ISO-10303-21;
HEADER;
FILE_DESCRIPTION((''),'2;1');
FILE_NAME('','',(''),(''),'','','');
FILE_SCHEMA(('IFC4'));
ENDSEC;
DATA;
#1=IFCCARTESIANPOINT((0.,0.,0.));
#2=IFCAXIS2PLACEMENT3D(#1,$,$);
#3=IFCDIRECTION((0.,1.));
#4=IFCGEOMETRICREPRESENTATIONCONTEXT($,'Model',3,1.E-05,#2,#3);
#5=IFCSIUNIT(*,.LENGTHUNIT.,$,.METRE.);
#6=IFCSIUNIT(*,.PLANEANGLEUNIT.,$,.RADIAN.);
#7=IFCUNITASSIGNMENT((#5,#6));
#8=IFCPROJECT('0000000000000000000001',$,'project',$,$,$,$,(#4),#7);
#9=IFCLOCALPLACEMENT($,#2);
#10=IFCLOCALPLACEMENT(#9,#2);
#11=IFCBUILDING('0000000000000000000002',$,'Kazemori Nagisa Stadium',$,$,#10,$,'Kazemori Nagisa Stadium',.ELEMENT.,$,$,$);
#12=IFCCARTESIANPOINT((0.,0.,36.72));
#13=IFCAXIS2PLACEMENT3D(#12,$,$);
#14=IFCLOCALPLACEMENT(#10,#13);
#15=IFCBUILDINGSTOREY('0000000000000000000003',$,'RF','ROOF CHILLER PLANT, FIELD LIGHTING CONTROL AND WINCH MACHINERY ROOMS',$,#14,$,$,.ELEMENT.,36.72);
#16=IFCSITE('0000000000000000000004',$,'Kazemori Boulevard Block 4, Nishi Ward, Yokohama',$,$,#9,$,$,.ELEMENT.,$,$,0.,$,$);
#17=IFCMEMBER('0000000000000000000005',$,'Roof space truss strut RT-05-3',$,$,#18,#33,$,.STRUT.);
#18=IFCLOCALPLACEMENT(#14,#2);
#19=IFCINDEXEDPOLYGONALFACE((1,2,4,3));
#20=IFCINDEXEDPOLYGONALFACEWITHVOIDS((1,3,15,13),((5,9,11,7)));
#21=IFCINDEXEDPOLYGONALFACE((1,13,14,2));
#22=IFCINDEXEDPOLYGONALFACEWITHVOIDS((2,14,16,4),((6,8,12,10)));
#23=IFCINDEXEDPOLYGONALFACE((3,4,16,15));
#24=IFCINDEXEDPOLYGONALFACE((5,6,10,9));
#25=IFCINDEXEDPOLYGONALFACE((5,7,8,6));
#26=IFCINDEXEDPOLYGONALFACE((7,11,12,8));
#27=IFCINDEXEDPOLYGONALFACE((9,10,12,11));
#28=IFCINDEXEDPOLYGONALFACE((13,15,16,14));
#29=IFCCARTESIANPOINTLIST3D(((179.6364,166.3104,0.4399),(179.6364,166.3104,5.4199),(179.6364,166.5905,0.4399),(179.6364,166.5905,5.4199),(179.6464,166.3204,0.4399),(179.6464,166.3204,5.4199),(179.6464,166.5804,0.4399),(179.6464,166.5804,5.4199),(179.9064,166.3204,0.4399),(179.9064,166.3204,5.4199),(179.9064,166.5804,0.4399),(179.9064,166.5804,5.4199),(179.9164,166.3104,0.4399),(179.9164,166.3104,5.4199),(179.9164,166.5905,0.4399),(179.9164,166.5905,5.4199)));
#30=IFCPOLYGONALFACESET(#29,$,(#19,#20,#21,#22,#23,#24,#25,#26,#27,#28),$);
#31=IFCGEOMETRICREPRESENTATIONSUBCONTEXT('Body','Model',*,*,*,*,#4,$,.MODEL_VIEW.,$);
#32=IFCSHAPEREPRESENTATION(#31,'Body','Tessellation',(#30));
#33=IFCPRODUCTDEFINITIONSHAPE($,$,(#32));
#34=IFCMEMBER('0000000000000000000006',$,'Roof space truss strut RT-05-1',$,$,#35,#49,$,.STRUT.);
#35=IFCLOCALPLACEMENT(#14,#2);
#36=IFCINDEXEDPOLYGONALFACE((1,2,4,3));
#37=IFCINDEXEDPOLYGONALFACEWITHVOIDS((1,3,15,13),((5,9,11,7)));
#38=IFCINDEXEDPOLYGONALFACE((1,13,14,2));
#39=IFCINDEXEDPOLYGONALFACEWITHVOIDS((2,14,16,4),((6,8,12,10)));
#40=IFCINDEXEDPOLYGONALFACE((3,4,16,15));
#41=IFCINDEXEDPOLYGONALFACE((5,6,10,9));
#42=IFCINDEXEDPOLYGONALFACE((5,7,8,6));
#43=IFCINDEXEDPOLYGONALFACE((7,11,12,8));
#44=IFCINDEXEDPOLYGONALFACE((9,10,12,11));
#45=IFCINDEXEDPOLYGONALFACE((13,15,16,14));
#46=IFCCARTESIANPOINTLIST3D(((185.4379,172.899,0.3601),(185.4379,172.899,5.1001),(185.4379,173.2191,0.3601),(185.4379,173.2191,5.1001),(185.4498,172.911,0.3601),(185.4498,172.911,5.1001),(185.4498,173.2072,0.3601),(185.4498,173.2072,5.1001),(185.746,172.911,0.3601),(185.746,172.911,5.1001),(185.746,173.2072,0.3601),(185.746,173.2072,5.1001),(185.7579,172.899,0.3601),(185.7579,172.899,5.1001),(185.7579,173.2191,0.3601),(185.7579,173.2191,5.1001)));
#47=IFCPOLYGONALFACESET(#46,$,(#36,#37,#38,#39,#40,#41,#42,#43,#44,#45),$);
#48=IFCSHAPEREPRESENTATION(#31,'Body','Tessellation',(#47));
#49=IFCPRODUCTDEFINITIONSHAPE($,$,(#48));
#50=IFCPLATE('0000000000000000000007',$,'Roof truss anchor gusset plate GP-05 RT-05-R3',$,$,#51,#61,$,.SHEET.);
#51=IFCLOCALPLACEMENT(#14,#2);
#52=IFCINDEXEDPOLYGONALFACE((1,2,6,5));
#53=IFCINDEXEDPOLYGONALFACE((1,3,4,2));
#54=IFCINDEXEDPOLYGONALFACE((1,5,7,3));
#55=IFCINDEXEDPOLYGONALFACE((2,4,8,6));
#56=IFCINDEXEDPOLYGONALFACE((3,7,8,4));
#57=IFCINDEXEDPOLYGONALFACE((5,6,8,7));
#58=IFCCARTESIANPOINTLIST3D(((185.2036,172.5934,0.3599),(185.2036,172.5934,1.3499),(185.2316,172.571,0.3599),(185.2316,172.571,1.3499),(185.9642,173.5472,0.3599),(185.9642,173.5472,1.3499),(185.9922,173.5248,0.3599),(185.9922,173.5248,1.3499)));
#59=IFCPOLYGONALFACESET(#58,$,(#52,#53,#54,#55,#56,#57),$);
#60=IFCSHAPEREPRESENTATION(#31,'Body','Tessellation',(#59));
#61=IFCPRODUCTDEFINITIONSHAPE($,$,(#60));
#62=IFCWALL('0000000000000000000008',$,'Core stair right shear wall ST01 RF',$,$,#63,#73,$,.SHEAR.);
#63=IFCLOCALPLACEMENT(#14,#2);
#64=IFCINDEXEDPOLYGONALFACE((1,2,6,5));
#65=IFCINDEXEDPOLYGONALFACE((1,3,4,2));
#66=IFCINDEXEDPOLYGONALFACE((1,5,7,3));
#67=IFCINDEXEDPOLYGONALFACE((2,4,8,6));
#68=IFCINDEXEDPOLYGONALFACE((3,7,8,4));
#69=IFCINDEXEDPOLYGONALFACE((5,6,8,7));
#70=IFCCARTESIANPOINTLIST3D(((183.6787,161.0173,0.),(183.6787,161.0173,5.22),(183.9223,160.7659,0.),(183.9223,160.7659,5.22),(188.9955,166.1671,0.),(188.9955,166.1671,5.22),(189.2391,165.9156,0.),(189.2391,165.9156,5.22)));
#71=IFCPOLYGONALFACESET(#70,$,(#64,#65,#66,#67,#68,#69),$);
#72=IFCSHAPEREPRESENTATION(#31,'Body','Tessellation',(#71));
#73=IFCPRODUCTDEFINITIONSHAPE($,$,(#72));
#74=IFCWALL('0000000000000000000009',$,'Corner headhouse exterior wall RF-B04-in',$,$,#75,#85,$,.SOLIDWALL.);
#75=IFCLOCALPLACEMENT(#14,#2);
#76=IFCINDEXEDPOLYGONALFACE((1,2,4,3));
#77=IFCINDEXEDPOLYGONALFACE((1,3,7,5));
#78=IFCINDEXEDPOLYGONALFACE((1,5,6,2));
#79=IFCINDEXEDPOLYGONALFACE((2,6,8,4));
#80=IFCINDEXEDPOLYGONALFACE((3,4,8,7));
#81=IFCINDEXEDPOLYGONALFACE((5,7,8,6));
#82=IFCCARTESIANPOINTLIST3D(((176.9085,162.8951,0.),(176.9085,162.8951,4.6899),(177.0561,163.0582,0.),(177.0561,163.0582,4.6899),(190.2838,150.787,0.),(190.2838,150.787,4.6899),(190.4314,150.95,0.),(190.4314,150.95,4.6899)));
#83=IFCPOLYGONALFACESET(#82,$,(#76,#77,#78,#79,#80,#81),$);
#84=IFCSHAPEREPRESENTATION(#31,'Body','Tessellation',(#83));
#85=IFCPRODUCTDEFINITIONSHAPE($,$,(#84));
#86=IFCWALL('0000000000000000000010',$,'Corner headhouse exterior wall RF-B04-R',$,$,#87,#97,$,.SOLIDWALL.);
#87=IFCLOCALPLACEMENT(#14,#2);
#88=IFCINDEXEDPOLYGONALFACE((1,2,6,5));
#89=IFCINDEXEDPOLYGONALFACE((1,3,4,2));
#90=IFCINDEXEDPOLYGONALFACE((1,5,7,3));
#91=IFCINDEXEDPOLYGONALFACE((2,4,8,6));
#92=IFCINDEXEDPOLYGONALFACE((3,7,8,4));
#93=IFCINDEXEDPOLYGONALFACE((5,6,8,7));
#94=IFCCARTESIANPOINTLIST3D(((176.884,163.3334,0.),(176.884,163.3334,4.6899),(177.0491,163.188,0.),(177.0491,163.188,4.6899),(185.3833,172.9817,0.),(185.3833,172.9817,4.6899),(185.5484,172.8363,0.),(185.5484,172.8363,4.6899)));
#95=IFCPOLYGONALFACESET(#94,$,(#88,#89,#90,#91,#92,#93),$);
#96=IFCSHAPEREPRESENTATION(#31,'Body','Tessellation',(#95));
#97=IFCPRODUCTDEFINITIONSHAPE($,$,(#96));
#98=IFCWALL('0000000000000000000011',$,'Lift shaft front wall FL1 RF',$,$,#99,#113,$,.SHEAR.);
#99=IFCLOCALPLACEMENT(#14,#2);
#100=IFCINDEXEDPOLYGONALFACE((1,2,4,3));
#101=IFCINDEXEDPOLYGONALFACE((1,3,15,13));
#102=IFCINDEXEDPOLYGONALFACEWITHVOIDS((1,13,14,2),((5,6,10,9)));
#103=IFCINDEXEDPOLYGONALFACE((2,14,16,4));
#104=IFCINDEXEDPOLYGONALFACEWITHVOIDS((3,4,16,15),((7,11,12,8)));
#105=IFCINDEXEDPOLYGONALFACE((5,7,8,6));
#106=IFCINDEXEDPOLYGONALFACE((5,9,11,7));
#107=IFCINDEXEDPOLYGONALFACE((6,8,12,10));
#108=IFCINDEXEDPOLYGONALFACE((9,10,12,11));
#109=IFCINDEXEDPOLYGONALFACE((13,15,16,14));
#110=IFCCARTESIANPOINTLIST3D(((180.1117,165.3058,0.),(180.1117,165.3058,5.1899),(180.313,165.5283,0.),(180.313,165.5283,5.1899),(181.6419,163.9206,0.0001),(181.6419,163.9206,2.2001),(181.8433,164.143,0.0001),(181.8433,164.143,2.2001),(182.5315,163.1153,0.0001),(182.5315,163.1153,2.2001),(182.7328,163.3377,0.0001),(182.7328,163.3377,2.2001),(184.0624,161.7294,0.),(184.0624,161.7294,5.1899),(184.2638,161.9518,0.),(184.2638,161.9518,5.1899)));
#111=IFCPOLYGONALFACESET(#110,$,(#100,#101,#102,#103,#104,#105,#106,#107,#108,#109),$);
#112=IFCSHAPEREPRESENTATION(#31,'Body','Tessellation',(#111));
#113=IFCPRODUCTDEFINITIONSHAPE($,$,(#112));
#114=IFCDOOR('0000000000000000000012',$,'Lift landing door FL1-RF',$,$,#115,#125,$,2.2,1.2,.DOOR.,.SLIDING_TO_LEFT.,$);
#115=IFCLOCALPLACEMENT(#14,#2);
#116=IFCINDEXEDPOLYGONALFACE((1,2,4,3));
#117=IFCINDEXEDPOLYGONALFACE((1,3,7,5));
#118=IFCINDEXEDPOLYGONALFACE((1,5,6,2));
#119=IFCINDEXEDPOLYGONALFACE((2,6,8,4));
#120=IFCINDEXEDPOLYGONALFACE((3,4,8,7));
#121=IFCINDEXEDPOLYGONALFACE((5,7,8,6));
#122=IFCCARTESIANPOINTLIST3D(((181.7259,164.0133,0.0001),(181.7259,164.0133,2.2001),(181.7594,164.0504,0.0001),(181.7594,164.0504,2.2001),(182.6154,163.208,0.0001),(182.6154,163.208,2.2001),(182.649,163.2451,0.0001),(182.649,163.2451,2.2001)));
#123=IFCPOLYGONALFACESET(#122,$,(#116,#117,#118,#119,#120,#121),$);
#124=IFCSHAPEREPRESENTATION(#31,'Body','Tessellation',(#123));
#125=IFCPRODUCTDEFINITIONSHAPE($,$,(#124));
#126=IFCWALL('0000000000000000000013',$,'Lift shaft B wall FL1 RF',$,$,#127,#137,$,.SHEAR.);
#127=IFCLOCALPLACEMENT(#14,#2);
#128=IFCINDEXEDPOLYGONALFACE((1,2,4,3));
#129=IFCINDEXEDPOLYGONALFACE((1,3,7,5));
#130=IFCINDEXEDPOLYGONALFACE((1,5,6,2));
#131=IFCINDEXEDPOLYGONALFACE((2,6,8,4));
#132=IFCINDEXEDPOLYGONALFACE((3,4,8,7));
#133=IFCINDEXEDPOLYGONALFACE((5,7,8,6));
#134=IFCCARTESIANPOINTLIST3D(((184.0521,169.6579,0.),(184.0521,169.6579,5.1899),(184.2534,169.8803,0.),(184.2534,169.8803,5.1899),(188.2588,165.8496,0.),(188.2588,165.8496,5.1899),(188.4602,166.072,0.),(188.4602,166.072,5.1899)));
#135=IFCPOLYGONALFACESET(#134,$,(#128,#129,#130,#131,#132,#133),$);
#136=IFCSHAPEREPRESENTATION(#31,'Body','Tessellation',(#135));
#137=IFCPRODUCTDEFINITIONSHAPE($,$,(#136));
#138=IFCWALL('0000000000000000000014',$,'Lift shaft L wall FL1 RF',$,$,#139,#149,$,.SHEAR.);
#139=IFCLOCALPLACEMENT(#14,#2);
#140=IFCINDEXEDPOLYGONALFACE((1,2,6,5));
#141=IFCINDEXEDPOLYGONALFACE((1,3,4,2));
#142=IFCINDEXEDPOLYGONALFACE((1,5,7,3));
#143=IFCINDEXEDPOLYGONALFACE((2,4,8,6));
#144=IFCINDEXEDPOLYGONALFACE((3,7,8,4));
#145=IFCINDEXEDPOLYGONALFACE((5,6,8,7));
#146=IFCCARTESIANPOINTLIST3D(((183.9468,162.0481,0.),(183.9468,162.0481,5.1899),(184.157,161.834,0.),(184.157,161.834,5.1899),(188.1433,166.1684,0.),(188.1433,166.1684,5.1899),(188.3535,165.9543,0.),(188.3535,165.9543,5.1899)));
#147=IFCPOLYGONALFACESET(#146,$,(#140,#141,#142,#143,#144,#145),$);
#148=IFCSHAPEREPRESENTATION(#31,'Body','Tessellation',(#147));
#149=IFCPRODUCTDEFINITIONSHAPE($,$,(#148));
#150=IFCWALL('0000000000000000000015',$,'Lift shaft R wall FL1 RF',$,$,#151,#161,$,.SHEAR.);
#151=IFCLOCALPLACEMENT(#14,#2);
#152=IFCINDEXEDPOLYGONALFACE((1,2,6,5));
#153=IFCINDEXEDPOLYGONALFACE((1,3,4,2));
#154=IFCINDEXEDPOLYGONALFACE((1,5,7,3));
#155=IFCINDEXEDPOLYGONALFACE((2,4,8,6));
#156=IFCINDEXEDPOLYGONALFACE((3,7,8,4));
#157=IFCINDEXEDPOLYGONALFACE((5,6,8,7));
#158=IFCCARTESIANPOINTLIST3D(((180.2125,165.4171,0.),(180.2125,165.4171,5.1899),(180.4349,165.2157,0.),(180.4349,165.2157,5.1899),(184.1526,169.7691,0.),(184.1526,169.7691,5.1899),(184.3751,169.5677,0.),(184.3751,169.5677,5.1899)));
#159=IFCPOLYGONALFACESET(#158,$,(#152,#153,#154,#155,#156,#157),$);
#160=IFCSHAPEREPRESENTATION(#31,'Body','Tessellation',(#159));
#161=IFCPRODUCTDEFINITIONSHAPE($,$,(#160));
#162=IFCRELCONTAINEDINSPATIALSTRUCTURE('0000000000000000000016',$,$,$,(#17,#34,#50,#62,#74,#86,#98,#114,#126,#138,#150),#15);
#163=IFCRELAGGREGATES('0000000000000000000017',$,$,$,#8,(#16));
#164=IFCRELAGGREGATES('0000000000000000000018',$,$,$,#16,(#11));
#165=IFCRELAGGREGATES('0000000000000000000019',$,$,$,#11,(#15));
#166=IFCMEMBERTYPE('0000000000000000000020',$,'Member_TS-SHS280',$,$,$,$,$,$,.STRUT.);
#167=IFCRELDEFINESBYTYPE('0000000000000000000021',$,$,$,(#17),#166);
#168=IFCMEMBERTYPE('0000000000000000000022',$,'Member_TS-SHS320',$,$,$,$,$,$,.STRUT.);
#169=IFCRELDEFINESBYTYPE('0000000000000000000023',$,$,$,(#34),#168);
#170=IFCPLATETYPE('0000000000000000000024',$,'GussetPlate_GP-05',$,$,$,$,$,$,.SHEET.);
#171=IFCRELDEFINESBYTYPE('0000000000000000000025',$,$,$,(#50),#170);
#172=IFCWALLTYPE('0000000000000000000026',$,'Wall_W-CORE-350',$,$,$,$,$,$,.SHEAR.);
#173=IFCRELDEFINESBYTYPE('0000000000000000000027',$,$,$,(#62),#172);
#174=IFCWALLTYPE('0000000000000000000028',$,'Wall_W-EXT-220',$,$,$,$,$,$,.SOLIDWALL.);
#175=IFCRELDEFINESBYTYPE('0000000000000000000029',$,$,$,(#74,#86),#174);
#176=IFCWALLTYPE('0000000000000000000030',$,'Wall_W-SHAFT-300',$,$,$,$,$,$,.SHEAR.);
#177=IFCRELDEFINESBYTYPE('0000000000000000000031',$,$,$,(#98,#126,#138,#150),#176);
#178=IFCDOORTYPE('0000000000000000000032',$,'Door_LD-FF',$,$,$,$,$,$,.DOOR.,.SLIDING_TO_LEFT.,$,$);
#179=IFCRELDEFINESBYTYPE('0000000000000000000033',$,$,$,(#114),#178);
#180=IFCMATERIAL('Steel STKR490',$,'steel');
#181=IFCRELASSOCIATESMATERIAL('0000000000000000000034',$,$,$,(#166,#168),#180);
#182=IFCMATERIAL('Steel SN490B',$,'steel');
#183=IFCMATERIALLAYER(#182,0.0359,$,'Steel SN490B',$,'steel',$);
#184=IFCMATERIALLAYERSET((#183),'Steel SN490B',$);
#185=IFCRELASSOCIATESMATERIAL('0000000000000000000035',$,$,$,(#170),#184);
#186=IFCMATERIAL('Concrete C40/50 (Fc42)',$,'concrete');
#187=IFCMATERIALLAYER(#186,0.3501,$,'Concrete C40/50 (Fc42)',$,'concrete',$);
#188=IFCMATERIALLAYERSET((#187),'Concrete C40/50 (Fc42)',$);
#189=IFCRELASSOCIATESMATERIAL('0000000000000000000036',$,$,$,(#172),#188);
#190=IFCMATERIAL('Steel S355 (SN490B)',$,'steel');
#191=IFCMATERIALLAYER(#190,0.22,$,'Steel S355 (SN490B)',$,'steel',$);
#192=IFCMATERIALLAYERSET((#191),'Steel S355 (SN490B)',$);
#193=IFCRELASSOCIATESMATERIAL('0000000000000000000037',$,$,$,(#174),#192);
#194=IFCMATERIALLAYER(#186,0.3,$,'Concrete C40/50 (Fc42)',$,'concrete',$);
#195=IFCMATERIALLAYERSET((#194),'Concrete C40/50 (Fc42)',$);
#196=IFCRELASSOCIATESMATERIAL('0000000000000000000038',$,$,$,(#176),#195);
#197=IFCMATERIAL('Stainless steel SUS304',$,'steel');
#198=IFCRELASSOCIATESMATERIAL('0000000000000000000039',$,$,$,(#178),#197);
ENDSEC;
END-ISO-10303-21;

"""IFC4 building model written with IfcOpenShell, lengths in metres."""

from ifc_helpers import new_model, si_unit, direction, frame, frame_2d, origin, origin_2d, place, context, subcontext, project, spatial, rectangle, hollow_rectangle, extrude, material, layer, layer_set, material_profile, profile_set, type_object, element, fill, save


model = new_model("IFC4")

# Units and contexts
model_context = context("Model", 3, precision=1e-05, world=origin(), true_north=direction((0.0, 1.0)))
body_context = subcontext(model_context, "Body", "Model", "MODEL_VIEW")
ifc_project = project(units=[si_unit("LENGTHUNIT", "METRE"), si_unit("PLANEANGLEUNIT", "RADIAN")], contexts=[model_context])

# Site, building, storey
site_placement = place(None, origin())
site = spatial("IfcSite", under=ifc_project, at=site_placement, Name="Kazemori Boulevard Block 4, Nishi Ward, Yokohama", CompositionType="ELEMENT", RefElevation=0.0)
building_placement = place(site_placement, origin())
building = spatial("IfcBuilding", under=site, at=building_placement, Name="Kazemori Nagisa Stadium", LongName="Kazemori Nagisa Stadium", CompositionType="ELEMENT")
storey_placement = place(building_placement, frame((0.0, 0.0, 36.72)))
storey = spatial("IfcBuildingStorey", under=building, at=storey_placement, Name="RF", Description="ROOF CHILLER PLANT, FIELD LIGHTING CONTROL AND WINCH MACHINERY ROOMS", CompositionType="ELEMENT", Elevation=36.72)

# Shared definitions
ifc_material_1 = material(Name="Steel SN490B", Category="steel")

# Shared definitions
ifc_material_2 = material(Name="Concrete C40/50 (Fc42)", Category="concrete")

# Members
ifc_material_3 = material(Name="Steel STKR490", Category="steel")
ifc_material_profile_1 = material_profile(ifc_material_3, hollow_rectangle(XDim=0.28, YDim=0.28, WallThickness=0.01, at=origin_2d()), Name="SHS-280x280x10")
ifc_profile_set_1 = profile_set([ifc_material_profile_1], Name="Steel STKR490")
member_type_1 = type_object("IfcMemberType", Name="Member_TS-SHS280", PredefinedType="STRUT", material=ifc_profile_set_1)
member_1_placement = place(storey_placement, frame((179.7764, 166.4504, 0.4399), z_axis=(0.0, 0.0, 1.0), x_axis=(1.0, 0.0, 0.0)))
element("IfcMember", 1, at=member_1_placement, inside=storey, type_object=member_type_1, Name="Roof space truss strut RT-05-3", PredefinedType="STRUT", context=body_context, shape_type="SweptSolid", body=[
    extrude(hollow_rectangle(XDim=0.28, YDim=0.28, WallThickness=0.01, at=origin_2d()), origin(), (0.0, 0.0, 1.0), 4.98),
])
ifc_material_profile_2 = material_profile(ifc_material_3, hollow_rectangle(XDim=0.3201, YDim=0.3201, WallThickness=0.012, at=origin_2d()), Name="SHS-320x320x12")
ifc_profile_set_2 = profile_set([ifc_material_profile_2], Name="Steel STKR490")
member_type_2 = type_object("IfcMemberType", Name="Member_TS-SHS320", PredefinedType="STRUT", material=ifc_profile_set_2)
member_2_placement = place(storey_placement, frame((185.5979, 173.0591, 0.3601), z_axis=(0.0, 0.0, 1.0), x_axis=(1.0, 0.0, 0.0)))
element("IfcMember", 2, at=member_2_placement, inside=storey, type_object=member_type_2, Name="Roof space truss strut RT-05-1", PredefinedType="STRUT", context=body_context, shape_type="SweptSolid", body=[
    extrude(hollow_rectangle(XDim=0.3201, YDim=0.3201, WallThickness=0.012, at=origin_2d()), origin(), (0.0, 0.0, 1.0), 4.74),
])

# Plate
ifc_layer_1 = layer(ifc_material_1, 0.0359, Name="Steel SN490B", Category="steel")
ifc_layer_set_1 = layer_set([ifc_layer_1], Name="Steel SN490B")
plate_type = type_object("IfcPlateType", Name="GussetPlate_GP-05", PredefinedType="SHEET", material=ifc_layer_set_1)
plate_placement = place(storey_placement, frame((185.5979, 173.0591, 0.3599), z_axis=(0.0, 0.0, 1.0), x_axis=(0.62349, 0.781831, 0.0)))
element("IfcPlate", 3, at=plate_placement, inside=storey, type_object=plate_type, Name="Roof truss anchor gusset plate GP-05 RT-05-R3", PredefinedType="SHEET", context=body_context, shape_type="SweptSolid", body=[
    extrude(rectangle(XDim=1.22, YDim=0.0359, at=origin_2d()), origin(), (0.0, 0.0, 1.0), 0.99),
])

# Walls
ifc_layer_2 = layer(ifc_material_2, 0.3501, Name="Concrete C40/50 (Fc42)", Category="concrete")
ifc_layer_set_2 = layer_set([ifc_layer_2], Name="Concrete C40/50 (Fc42)")
wall_type_1 = type_object("IfcWallType", Name="Wall_W-CORE-350", PredefinedType="SHEAR", material=ifc_layer_set_2)
wall_1_placement = place(storey_placement, frame((183.8005, 160.8916, 0.0), z_axis=(0.0, 0.0, 1.0), x_axis=(0.718297, 0.695736, 0.0)))
element("IfcWall", 4, at=wall_1_placement, inside=storey, type_object=wall_type_1, Name="Core stair right shear wall ST01 RF", PredefinedType="SHEAR", context=body_context, shape_type="SweptSolid", body=[
    extrude(rectangle(XDim=7.4019, YDim=0.3501, at=frame_2d((3.7009, 0.0))), origin(), (0.0, 0.0, 1.0), 5.22),
])
ifc_material_4 = material(Name="Steel S355 (SN490B)", Category="steel")
ifc_layer_3 = layer(ifc_material_4, 0.22, Name="Steel S355 (SN490B)", Category="steel")
ifc_layer_set_3 = layer_set([ifc_layer_3], Name="Steel S355 (SN490B)")
wall_type_2 = type_object("IfcWallType", Name="Wall_W-EXT-220", PredefinedType="SOLIDWALL", material=ifc_layer_set_3)
wall_2_placement = place(storey_placement, frame((190.3577, 150.8684, 0.0), z_axis=(0.0, 0.0, 1.0), x_axis=(-0.74135, 0.671119, 0.0)))
element("IfcWall", 5, at=wall_2_placement, inside=storey, type_object=wall_type_2, Name="Corner headhouse exterior wall RF-B04-in", PredefinedType="SOLIDWALL", context=body_context, shape_type="SweptSolid", body=[
    extrude(rectangle(XDim=18.0417, YDim=0.22, at=frame_2d((9.021, 0.0))), origin(), (0.0, 0.0, 1.0), 4.6899),
])
wall_3_placement = place(storey_placement, frame((176.9666, 163.2607, 0.0), z_axis=(0.0, 0.0, 1.0), x_axis=(0.661016, 0.750372, 0.0)))
element("IfcWall", 6, at=wall_3_placement, inside=storey, type_object=wall_type_2, Name="Corner headhouse exterior wall RF-B04-R", PredefinedType="SOLIDWALL", context=body_context, shape_type="SweptSolid", body=[
    extrude(rectangle(XDim=12.8579, YDim=0.22, at=frame_2d((6.429, 0.0))), origin(), (0.0, 0.0, 1.0), 4.6899),
])

# Wall, opening, door
ifc_layer_4 = layer(ifc_material_2, 0.3, Name="Concrete C40/50 (Fc42)", Category="concrete")
ifc_layer_set_4 = layer_set([ifc_layer_4], Name="Concrete C40/50 (Fc42)")
wall_type_3 = type_object("IfcWallType", Name="Wall_W-SHAFT-300", PredefinedType="SHEAR", material=ifc_layer_set_4)
wall_4_placement = place(storey_placement, frame((184.1631, 161.8406, 0.0), z_axis=(0.0, 0.0, 1.0), x_axis=(-0.74135, 0.671118, 0.0)))
wall_4 = element("IfcWall", 7, at=wall_4_placement, inside=storey, type_object=wall_type_3, Name="Lift shaft front wall FL1 RF", PredefinedType="SHEAR", context=body_context, shape_type="SweptSolid", body=[
    extrude(rectangle(XDim=5.3291, YDim=0.3, at=frame_2d((2.6646, 0.0))), origin(), (0.0, 0.0, 1.0), 5.1899),
])
opening_1_placement = place(wall_4_placement, frame((2.0649, 0.0, 0.0)))
opening_1 = element("IfcOpeningElement", 8, at=opening_1_placement, cuts=wall_4, PredefinedType="OPENING", context=body_context, shape_type="SweptSolid", body=[
    extrude(rectangle(XDim=1.2, YDim=2.2, at=frame_2d((0.6001, 1.1001))), frame((0.0, 0.1599, 0.0), z_axis=(0.0, -1.0, 0.0), x_axis=(1.0, 0.0, 0.0)), (0.0, 0.0, 1.0), 0.3201),
])
ifc_material_5 = material(Name="Stainless steel SUS304", Category="steel")
door_type_1 = type_object("IfcDoorType", Name="Door_LD-FF", OperationType="SLIDING_TO_LEFT", PredefinedType="DOOR", material=ifc_material_5)
door_1_placement = place(opening_1_placement, origin())
door_1 = element("IfcDoor", 9, at=door_1_placement, inside=storey, type_object=door_type_1, Name="Lift landing door FL1-RF", OperationType="SLIDING_TO_LEFT", OverallHeight=2.2, OverallWidth=1.2, PredefinedType="DOOR", context=body_context, shape_type="SweptSolid", body=[
    extrude(rectangle(XDim=1.2, YDim=2.2, at=frame_2d((0.6001, 1.1001))), frame((0.0, 0.0249, 0.0), z_axis=(0.0, -1.0, 0.0), x_axis=(1.0, 0.0, 0.0)), (0.0, 0.0, 1.0), 0.05),
])
fill(opening_1, door_1)

# Walls
wall_5_placement = place(storey_placement, frame((188.3596, 165.9607, 0.0), z_axis=(0.0, 0.0, 1.0), x_axis=(-0.741342, 0.671127, 0.0)))
element("IfcWall", 10, at=wall_5_placement, inside=storey, type_object=wall_type_3, Name="Lift shaft B wall FL1 RF", PredefinedType="SHEAR", context=body_context, shape_type="SweptSolid", body=[
    extrude(rectangle(XDim=5.6746, YDim=0.3, at=frame_2d((2.8374, 0.0))), origin(), (0.0, 0.0, 1.0), 5.1899),
])
wall_6_placement = place(storey_placement, frame((184.052, 161.9412, 0.0), z_axis=(0.0, 0.0, 1.0), x_axis=(0.713553, 0.700601, 0.0)))
element("IfcWall", 11, at=wall_6_placement, inside=storey, type_object=wall_type_3, Name="Lift shaft L wall FL1 RF", PredefinedType="SHEAR", context=body_context, shape_type="SweptSolid", body=[
    extrude(rectangle(XDim=5.8811, YDim=0.3, at=frame_2d((2.9404, 0.0))), origin(), (0.0, 0.0, 1.0), 5.1899),
])
wall_7_placement = place(storey_placement, frame((180.3237, 165.3164, 0.0), z_axis=(0.0, 0.0, 1.0), x_axis=(0.671158, 0.741314, 0.0)))
element("IfcWall", 12, at=wall_7_placement, inside=storey, type_object=wall_type_3, Name="Lift shaft R wall FL1 RF", PredefinedType="SHEAR", context=body_context, shape_type="SweptSolid", body=[
    extrude(rectangle(XDim=5.8706, YDim=0.3, at=frame_2d((2.9353, 0.0))), origin(), (0.0, 0.0, 1.0), 5.1899),
])

save(model, "model.ifc")
